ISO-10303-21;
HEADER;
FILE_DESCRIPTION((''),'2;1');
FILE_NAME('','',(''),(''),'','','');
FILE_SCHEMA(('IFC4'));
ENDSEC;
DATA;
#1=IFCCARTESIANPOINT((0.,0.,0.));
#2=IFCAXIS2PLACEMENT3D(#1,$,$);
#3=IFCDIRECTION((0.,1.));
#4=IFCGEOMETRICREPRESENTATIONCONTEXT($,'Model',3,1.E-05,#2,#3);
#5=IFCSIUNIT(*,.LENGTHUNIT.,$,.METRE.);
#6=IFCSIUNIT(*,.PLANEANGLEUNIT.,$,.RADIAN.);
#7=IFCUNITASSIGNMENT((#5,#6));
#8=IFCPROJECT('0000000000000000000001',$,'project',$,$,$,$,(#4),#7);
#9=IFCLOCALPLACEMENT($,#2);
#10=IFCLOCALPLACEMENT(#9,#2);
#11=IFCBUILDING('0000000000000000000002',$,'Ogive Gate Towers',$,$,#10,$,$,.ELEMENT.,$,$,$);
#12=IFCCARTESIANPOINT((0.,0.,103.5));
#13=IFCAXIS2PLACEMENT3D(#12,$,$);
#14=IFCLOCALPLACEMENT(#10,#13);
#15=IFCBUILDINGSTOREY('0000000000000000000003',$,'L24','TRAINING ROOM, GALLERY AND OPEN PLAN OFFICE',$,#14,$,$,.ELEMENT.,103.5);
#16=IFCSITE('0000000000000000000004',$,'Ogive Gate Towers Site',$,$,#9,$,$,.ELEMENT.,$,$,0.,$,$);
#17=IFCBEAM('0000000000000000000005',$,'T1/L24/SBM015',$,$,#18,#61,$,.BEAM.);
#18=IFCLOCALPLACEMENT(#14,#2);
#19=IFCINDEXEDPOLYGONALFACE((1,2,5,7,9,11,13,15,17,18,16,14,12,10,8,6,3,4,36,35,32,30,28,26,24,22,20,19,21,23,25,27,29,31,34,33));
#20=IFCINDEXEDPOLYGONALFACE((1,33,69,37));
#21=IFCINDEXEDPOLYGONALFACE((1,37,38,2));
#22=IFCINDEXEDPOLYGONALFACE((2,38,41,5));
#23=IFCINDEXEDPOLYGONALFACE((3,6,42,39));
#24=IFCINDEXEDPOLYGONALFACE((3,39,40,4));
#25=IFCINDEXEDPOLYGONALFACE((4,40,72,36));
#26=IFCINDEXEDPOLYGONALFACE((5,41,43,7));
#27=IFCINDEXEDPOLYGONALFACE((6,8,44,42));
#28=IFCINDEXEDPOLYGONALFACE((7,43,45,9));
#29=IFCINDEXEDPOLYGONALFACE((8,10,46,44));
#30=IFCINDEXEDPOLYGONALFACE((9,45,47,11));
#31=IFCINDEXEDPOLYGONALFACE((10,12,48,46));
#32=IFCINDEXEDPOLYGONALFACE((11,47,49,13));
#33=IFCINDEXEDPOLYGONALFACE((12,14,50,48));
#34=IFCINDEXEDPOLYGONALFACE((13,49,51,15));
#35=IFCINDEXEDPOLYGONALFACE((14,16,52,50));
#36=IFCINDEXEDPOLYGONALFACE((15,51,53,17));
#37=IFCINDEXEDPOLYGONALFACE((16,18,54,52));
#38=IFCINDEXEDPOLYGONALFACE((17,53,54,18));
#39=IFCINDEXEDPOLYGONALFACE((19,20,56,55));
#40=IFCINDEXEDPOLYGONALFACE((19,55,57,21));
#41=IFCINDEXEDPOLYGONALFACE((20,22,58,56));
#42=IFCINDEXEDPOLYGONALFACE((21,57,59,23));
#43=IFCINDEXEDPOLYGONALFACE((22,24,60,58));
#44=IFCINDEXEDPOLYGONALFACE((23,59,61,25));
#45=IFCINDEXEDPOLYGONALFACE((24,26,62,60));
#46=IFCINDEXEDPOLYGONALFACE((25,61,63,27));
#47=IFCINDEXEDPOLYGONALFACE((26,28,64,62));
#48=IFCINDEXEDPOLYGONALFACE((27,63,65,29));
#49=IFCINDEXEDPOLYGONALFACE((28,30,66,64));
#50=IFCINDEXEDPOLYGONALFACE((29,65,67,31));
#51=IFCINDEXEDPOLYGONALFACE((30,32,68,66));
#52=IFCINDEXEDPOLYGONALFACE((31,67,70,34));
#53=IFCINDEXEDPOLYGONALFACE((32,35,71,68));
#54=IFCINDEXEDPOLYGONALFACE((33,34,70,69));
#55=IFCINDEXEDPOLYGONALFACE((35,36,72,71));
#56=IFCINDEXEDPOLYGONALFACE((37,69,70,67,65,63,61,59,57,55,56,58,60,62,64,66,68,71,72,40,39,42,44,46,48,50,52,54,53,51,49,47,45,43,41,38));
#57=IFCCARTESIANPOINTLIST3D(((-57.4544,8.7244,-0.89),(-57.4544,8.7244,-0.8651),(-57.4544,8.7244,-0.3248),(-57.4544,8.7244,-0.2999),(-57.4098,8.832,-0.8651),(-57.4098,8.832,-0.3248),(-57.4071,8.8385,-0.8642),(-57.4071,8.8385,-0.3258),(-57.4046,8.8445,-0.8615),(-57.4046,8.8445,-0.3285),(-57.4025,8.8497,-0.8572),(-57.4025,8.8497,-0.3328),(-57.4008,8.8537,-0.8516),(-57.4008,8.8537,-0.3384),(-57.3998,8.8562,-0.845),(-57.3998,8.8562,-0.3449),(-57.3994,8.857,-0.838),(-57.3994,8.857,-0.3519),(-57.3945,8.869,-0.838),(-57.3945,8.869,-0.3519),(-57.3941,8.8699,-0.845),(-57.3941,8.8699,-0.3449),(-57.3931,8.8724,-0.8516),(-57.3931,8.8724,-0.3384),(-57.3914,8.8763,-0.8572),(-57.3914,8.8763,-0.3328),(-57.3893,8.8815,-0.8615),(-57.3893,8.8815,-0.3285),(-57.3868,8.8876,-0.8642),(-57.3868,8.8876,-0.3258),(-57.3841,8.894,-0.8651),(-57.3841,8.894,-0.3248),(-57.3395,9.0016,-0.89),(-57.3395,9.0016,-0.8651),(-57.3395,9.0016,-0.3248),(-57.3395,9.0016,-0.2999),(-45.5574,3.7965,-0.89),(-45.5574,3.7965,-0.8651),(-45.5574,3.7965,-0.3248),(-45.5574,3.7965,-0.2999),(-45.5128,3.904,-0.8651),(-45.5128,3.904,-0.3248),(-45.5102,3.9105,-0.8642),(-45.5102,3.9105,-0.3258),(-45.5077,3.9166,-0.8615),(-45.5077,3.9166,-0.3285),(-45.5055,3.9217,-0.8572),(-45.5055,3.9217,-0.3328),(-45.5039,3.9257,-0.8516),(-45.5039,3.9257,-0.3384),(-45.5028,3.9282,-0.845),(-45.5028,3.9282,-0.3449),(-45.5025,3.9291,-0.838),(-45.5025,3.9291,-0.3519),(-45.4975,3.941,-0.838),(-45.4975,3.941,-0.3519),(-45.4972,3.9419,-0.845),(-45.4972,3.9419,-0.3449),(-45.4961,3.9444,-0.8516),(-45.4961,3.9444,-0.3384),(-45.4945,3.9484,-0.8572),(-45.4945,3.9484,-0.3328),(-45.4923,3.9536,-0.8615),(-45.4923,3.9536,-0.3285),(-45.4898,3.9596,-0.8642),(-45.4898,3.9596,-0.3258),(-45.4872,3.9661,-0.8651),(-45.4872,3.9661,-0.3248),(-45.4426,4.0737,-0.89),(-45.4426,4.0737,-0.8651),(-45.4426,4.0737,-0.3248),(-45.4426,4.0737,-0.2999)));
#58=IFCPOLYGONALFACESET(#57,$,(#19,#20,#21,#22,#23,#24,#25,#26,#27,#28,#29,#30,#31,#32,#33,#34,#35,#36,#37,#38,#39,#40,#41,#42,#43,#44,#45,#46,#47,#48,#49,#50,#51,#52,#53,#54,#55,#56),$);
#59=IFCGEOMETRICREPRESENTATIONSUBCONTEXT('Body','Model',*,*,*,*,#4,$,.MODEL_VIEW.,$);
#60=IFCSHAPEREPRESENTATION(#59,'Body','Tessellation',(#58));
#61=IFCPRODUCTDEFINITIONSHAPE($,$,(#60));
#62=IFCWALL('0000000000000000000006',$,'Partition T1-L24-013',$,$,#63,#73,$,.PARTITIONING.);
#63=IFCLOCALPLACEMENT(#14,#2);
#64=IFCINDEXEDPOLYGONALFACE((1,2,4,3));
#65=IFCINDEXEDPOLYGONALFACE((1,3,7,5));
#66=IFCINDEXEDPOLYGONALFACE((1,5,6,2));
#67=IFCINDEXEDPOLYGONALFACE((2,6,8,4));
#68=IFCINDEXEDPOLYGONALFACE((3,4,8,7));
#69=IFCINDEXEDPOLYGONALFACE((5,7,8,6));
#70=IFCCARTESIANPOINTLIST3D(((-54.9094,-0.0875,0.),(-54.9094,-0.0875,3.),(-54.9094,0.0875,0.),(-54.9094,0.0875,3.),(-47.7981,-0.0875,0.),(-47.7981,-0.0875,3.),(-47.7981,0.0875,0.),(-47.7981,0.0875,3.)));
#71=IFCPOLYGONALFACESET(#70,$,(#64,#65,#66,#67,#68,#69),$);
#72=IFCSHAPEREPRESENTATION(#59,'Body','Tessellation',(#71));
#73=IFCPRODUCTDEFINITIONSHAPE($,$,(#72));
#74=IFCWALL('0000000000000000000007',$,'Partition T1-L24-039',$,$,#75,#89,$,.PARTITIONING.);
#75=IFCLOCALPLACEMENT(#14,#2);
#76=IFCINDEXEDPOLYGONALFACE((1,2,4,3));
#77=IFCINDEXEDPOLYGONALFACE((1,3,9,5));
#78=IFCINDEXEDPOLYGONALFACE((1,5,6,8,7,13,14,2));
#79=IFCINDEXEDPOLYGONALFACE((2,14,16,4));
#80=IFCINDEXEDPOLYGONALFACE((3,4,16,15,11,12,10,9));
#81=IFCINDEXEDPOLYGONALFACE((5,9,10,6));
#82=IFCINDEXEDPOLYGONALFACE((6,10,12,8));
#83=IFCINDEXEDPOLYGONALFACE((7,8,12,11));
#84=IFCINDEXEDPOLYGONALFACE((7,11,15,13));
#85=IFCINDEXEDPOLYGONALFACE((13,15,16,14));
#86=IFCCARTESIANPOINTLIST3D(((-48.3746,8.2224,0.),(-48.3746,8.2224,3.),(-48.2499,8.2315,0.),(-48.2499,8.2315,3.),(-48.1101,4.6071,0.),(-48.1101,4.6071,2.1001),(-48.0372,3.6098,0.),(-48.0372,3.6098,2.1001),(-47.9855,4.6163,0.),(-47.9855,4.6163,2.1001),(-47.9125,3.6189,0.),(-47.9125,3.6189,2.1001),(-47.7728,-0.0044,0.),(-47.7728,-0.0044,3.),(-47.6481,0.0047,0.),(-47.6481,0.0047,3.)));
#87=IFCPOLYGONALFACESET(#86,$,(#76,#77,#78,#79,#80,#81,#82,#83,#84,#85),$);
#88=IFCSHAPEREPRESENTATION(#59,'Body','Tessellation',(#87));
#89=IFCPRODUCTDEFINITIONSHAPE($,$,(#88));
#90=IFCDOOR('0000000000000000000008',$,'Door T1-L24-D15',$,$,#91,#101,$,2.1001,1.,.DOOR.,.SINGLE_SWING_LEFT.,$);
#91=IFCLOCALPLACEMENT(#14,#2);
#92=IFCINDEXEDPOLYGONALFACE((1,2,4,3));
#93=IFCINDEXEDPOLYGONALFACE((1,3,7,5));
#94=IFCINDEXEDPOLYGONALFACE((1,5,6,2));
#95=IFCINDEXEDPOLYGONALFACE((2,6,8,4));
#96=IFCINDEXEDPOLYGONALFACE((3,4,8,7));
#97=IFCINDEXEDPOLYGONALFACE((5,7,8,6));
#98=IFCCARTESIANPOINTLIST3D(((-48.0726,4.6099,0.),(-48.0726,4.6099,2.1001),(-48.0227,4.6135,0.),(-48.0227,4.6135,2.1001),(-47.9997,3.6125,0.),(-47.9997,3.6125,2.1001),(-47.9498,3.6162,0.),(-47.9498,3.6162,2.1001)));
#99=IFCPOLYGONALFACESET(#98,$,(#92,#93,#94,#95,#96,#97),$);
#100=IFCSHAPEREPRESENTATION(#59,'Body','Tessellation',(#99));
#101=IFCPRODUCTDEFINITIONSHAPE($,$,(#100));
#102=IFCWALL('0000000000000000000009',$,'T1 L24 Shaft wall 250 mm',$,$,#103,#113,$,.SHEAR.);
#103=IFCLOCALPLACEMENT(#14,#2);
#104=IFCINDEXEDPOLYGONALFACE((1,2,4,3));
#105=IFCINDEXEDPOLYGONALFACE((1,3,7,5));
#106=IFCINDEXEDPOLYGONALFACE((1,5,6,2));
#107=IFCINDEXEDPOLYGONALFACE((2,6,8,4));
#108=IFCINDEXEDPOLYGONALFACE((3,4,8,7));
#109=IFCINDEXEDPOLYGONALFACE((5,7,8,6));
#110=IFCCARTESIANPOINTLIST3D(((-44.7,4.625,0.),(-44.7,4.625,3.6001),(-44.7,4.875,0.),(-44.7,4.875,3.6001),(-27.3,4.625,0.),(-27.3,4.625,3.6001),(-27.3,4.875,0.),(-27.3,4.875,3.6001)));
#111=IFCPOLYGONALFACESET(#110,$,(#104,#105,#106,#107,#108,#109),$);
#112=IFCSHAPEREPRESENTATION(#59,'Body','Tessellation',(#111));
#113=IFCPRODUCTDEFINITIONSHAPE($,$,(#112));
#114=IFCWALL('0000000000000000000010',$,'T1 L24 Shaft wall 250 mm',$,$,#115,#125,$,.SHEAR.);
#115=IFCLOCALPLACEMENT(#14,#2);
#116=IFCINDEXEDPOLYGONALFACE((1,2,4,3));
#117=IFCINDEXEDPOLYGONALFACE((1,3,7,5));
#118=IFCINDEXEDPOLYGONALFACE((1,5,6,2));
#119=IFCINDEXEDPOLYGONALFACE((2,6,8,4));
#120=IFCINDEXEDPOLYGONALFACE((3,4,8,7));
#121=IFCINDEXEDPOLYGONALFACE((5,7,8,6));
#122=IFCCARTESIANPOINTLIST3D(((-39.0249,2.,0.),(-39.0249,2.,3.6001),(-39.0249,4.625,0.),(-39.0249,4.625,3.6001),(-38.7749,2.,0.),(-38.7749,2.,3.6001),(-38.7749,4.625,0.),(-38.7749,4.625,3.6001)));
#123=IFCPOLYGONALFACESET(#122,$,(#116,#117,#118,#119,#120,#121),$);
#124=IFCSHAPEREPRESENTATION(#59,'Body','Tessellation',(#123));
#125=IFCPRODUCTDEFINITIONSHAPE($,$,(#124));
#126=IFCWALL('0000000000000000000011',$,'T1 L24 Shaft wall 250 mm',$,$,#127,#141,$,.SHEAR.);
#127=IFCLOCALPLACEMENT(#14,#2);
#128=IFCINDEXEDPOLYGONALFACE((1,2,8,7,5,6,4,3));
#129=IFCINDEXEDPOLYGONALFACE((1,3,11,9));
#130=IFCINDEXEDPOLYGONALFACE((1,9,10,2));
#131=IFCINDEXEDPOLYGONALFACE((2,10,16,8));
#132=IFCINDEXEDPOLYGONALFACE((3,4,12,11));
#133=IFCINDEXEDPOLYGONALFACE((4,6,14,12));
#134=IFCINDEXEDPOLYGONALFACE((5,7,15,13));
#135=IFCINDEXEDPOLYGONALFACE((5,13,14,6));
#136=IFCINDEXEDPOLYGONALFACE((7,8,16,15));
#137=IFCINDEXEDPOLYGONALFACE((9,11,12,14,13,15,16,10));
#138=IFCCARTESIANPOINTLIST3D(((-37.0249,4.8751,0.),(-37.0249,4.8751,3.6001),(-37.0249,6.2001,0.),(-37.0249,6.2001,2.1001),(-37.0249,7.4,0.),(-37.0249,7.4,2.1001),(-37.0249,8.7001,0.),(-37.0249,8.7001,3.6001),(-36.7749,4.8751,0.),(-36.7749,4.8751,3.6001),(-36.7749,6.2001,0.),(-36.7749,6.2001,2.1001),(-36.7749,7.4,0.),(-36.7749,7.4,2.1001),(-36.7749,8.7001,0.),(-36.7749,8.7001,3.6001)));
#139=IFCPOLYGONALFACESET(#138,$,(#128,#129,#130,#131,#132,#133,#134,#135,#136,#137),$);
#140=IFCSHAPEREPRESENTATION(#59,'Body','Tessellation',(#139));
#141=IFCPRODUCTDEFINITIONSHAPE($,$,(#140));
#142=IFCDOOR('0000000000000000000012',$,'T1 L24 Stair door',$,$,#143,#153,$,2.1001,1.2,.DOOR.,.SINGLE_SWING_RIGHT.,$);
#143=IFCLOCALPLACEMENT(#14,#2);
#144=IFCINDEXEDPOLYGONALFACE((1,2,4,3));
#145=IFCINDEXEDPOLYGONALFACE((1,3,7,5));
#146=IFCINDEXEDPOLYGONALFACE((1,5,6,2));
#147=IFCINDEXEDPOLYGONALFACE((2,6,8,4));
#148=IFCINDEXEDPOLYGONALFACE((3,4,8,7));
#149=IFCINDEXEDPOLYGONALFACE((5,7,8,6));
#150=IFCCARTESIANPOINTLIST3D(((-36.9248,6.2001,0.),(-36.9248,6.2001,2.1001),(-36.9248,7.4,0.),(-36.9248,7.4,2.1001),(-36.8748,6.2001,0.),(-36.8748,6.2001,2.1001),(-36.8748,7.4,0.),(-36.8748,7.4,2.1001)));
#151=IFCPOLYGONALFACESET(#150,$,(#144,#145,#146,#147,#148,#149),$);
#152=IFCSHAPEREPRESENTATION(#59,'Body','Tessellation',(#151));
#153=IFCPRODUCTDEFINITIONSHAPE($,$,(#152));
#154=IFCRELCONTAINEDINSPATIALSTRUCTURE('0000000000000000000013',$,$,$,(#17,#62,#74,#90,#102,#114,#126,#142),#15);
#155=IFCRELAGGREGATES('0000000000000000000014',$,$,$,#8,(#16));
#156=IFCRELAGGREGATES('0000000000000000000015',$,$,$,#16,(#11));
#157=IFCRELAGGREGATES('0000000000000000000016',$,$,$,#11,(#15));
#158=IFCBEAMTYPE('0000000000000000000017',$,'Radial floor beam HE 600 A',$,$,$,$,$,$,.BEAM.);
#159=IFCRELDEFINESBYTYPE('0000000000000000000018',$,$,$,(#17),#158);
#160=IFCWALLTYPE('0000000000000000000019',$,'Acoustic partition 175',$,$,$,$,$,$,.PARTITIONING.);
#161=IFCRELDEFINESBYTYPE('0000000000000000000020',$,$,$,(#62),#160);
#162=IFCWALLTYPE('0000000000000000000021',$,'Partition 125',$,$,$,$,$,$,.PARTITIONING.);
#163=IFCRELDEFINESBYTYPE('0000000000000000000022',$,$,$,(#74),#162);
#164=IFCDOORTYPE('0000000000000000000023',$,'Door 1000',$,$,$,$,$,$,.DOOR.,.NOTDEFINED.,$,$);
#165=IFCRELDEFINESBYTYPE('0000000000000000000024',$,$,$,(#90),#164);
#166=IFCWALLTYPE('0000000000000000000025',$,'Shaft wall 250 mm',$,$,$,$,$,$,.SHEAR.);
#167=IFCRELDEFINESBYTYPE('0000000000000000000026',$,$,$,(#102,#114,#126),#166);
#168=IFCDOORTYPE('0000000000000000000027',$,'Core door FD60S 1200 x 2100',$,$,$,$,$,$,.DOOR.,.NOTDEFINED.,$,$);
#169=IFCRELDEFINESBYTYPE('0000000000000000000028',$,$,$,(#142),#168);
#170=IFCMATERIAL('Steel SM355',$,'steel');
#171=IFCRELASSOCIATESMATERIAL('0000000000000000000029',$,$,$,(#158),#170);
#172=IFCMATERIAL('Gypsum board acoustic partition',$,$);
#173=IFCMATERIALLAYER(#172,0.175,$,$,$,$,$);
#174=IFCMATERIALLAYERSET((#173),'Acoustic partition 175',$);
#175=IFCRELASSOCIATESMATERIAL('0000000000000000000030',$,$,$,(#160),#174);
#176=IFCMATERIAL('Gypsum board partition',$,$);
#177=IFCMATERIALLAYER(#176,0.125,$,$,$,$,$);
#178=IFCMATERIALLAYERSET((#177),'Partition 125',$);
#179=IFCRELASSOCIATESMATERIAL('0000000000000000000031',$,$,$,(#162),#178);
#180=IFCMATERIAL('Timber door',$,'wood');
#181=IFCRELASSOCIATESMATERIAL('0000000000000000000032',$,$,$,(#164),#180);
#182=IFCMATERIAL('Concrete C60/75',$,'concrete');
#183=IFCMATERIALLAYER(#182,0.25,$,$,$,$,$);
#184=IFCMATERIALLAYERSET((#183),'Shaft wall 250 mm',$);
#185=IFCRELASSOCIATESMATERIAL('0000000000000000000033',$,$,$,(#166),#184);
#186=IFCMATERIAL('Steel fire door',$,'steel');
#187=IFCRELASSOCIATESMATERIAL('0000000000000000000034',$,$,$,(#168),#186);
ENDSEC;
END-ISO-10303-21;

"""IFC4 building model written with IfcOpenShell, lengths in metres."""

from ifc_helpers import new_model, si_unit, direction, frame, frame_2d, origin, origin_2d, place, context, subcontext, project, spatial, rectangle, i_section, extrude, material, layer, layer_set, material_profile, profile_set, type_object, element, fill, save


model = new_model("IFC4")

# Units and contexts
model_context = context("Model", 3, precision=1e-05, world=origin(), true_north=direction((0.0, 1.0)))
body_context = subcontext(model_context, "Body", "Model", "MODEL_VIEW")
ifc_project = project(units=[si_unit("LENGTHUNIT", "METRE"), si_unit("PLANEANGLEUNIT", "RADIAN")], contexts=[model_context])

# Site, building, storey
site_placement = place(None, origin())
site = spatial("IfcSite", under=ifc_project, at=site_placement, Name="Ogive Gate Towers Site", CompositionType="ELEMENT", RefElevation=0.0)
building_placement = place(site_placement, origin())
building = spatial("IfcBuilding", under=site, at=building_placement, Name="Ogive Gate Towers", CompositionType="ELEMENT")
storey_placement = place(building_placement, frame((0.0, 0.0, 103.5)))
storey = spatial("IfcBuildingStorey", under=building, at=storey_placement, Name="L24", Description="TRAINING ROOM, GALLERY AND OPEN PLAN OFFICE", CompositionType="ELEMENT", Elevation=103.5)

# Beam
ifc_material_1 = material(Name="Steel SM355", Category="steel")
ifc_material_profile = material_profile(ifc_material_1, i_section(OverallWidth=0.3, OverallDepth=0.5901, WebThickness=0.0129, FlangeThickness=0.0249, FilletRadius=0.0271, at=origin_2d()), Name="HE 600 A")
ifc_profile_set = profile_set([ifc_material_profile], Name="Steel SM355")
beam_type = type_object("IfcBeamType", Name="Radial floor beam HE 600 A", PredefinedType="BEAM", material=ifc_profile_set)
beam_placement = place(storey_placement, frame((-45.5, 3.9351, -0.595), z_axis=(-0.923877, 0.382689, 0.0), x_axis=(-0.382689, -0.923877, 0.0)))
element("IfcBeam", 1, at=beam_placement, inside=storey, type_object=beam_type, Name="T1/L24/SBM015", PredefinedType="BEAM", context=body_context, shape_type="SweptSolid", body=[
    extrude(i_section(OverallWidth=0.3, OverallDepth=0.5901, WebThickness=0.0129, FlangeThickness=0.0249, FilletRadius=0.0271, at=origin_2d()), origin(), (0.0, 0.0, 1.0), 12.8772),
])

# Wall
ifc_material_2 = material(Name="Gypsum board acoustic partition")
ifc_layer_1 = layer(ifc_material_2, 0.175)
ifc_layer_set_1 = layer_set([ifc_layer_1], Name="Acoustic partition 175")
wall_type_1 = type_object("IfcWallType", Name="Acoustic partition 175", PredefinedType="PARTITIONING", material=ifc_layer_set_1)
wall_1_placement = place(storey_placement, frame((-54.9094, 0.0, 0.0), z_axis=(0.0, 0.0, 1.0), x_axis=(1.0, 0.0, 0.0)))
element("IfcWall", 2, at=wall_1_placement, inside=storey, type_object=wall_type_1, Name="Partition T1-L24-013", PredefinedType="PARTITIONING", context=body_context, shape_type="SweptSolid", body=[
    extrude(rectangle(XDim=7.1113, YDim=0.175, at=frame_2d((3.5557, 0.0))), origin(), (0.0, 0.0, 1.0), 3.0),
])

# Wall, opening, door
ifc_material_3 = material(Name="Gypsum board partition")
ifc_layer_2 = layer(ifc_material_3, 0.125)
ifc_layer_set_2 = layer_set([ifc_layer_2], Name="Partition 125")
wall_type_2 = type_object("IfcWallType", Name="Partition 125", PredefinedType="PARTITIONING", material=ifc_layer_set_2)
wall_2_placement = place(storey_placement, frame((-47.7104, 0.0, 0.0), z_axis=(0.0, 0.0, 1.0), x_axis=(-0.072957, 0.997335, 0.0)))
wall_2 = element("IfcWall", 3, at=wall_2_placement, inside=storey, type_object=wall_type_2, Name="Partition T1-L24-039", PredefinedType="PARTITIONING", context=body_context, shape_type="SweptSolid", body=[
    extrude(rectangle(XDim=8.2488, YDim=0.125, at=frame_2d((4.1245, 0.0))), origin(), (0.0, 0.0, 1.0), 3.0),
])
opening_1_placement = place(wall_2_placement, frame((3.624, 0.0, 0.0)))
opening_1 = element("IfcOpeningElement", 4, at=opening_1_placement, cuts=wall_2, PredefinedType="OPENING", context=body_context, shape_type="SweptSolid", body=[
    extrude(rectangle(XDim=1.0, YDim=2.1001, at=frame_2d((0.5, 1.05))), frame((0.0, 0.0725, 0.0), z_axis=(0.0, -1.0, 0.0), x_axis=(1.0, 0.0, 0.0)), (0.0, 0.0, 1.0), 0.145),
])
ifc_material_4 = material(Name="Timber door", Category="wood")
door_type_1 = type_object("IfcDoorType", Name="Door 1000", OperationType="NOTDEFINED", PredefinedType="DOOR", material=ifc_material_4)
door_1_placement = place(opening_1_placement, origin())
door_1 = element("IfcDoor", 5, at=door_1_placement, inside=storey, type_object=door_type_1, Name="Door T1-L24-D15", OperationType="SINGLE_SWING_LEFT", OverallHeight=2.1001, OverallWidth=1.0, PredefinedType="DOOR", context=body_context, shape_type="SweptSolid", body=[
    extrude(rectangle(XDim=1.0, YDim=2.1001, at=frame_2d((0.5, 1.05))), frame((0.0, 0.0249, 0.0), z_axis=(0.0, -1.0, 0.0), x_axis=(1.0, 0.0, 0.0)), (0.0, 0.0, 1.0), 0.05),
])
fill(opening_1, door_1)

# Walls
ifc_material_5 = material(Name="Concrete C60/75", Category="concrete")
ifc_layer_3 = layer(ifc_material_5, 0.25)
ifc_layer_set_3 = layer_set([ifc_layer_3], Name="Shaft wall 250 mm")
wall_type_3 = type_object("IfcWallType", Name="Shaft wall 250 mm", PredefinedType="SHEAR", material=ifc_layer_set_3)
wall_3_placement = place(storey_placement, frame((-44.7, 4.75, 0.0), z_axis=(0.0, 0.0, 1.0), x_axis=(1.0, 0.0, 0.0)))
element("IfcWall", 6, at=wall_3_placement, inside=storey, type_object=wall_type_3, Name="T1 L24 Shaft wall 250 mm", PredefinedType="SHEAR", context=body_context, shape_type="SweptSolid", body=[
    extrude(rectangle(XDim=17.3999, YDim=0.25, at=frame_2d((8.7, 0.0))), origin(), (0.0, 0.0, 1.0), 3.6001),
])
wall_4_placement = place(storey_placement, frame((-38.8999, 2.0, 0.0), z_axis=(0.0, 0.0, 1.0), x_axis=(0.0, 1.0, 0.0)))
element("IfcWall", 7, at=wall_4_placement, inside=storey, type_object=wall_type_3, Name="T1 L24 Shaft wall 250 mm", PredefinedType="SHEAR", context=body_context, shape_type="SweptSolid", body=[
    extrude(rectangle(XDim=2.625, YDim=0.25, at=frame_2d((1.3125, 0.0))), origin(), (0.0, 0.0, 1.0), 3.6001),
])

# Wall, opening, door
wall_5_placement = place(storey_placement, frame((-36.8999, 4.875, 0.0), z_axis=(0.0, 0.0, 1.0), x_axis=(0.0, 1.0, 0.0)))
wall_5 = element("IfcWall", 8, at=wall_5_placement, inside=storey, type_object=wall_type_3, Name="T1 L24 Shaft wall 250 mm", PredefinedType="SHEAR", context=body_context, shape_type="SweptSolid", body=[
    extrude(rectangle(XDim=3.825, YDim=0.25, at=frame_2d((1.9126, 0.0))), origin(), (0.0, 0.0, 1.0), 3.6001),
])
opening_2_placement = place(wall_5_placement, frame((1.325, 0.0, 0.0)))
opening_2 = element("IfcOpeningElement", 9, at=opening_2_placement, cuts=wall_5, PredefinedType="OPENING", context=body_context, shape_type="SweptSolid", body=[
    extrude(rectangle(XDim=1.2, YDim=2.1001, at=frame_2d((0.6001, 1.05))), frame((0.0, 0.135, 0.0), z_axis=(0.0, -1.0, 0.0), x_axis=(1.0, 0.0, 0.0)), (0.0, 0.0, 1.0), 0.27),
])
ifc_material_6 = material(Name="Steel fire door", Category="steel")
door_type_2 = type_object("IfcDoorType", Name="Core door FD60S 1200 x 2100", OperationType="NOTDEFINED", PredefinedType="DOOR", material=ifc_material_6)
door_2_placement = place(opening_2_placement, origin())
door_2 = element("IfcDoor", 10, at=door_2_placement, inside=storey, type_object=door_type_2, Name="T1 L24 Stair door", OperationType="SINGLE_SWING_RIGHT", OverallHeight=2.1001, OverallWidth=1.2, PredefinedType="DOOR", context=body_context, shape_type="SweptSolid", body=[
    extrude(rectangle(XDim=1.2, YDim=2.1001, at=frame_2d((0.6001, 1.05))), frame((0.0, 0.0249, 0.0), z_axis=(0.0, -1.0, 0.0), x_axis=(1.0, 0.0, 0.0)), (0.0, 0.0, 1.0), 0.05),
])
fill(opening_2, door_2)

save(model, "model.ifc")
